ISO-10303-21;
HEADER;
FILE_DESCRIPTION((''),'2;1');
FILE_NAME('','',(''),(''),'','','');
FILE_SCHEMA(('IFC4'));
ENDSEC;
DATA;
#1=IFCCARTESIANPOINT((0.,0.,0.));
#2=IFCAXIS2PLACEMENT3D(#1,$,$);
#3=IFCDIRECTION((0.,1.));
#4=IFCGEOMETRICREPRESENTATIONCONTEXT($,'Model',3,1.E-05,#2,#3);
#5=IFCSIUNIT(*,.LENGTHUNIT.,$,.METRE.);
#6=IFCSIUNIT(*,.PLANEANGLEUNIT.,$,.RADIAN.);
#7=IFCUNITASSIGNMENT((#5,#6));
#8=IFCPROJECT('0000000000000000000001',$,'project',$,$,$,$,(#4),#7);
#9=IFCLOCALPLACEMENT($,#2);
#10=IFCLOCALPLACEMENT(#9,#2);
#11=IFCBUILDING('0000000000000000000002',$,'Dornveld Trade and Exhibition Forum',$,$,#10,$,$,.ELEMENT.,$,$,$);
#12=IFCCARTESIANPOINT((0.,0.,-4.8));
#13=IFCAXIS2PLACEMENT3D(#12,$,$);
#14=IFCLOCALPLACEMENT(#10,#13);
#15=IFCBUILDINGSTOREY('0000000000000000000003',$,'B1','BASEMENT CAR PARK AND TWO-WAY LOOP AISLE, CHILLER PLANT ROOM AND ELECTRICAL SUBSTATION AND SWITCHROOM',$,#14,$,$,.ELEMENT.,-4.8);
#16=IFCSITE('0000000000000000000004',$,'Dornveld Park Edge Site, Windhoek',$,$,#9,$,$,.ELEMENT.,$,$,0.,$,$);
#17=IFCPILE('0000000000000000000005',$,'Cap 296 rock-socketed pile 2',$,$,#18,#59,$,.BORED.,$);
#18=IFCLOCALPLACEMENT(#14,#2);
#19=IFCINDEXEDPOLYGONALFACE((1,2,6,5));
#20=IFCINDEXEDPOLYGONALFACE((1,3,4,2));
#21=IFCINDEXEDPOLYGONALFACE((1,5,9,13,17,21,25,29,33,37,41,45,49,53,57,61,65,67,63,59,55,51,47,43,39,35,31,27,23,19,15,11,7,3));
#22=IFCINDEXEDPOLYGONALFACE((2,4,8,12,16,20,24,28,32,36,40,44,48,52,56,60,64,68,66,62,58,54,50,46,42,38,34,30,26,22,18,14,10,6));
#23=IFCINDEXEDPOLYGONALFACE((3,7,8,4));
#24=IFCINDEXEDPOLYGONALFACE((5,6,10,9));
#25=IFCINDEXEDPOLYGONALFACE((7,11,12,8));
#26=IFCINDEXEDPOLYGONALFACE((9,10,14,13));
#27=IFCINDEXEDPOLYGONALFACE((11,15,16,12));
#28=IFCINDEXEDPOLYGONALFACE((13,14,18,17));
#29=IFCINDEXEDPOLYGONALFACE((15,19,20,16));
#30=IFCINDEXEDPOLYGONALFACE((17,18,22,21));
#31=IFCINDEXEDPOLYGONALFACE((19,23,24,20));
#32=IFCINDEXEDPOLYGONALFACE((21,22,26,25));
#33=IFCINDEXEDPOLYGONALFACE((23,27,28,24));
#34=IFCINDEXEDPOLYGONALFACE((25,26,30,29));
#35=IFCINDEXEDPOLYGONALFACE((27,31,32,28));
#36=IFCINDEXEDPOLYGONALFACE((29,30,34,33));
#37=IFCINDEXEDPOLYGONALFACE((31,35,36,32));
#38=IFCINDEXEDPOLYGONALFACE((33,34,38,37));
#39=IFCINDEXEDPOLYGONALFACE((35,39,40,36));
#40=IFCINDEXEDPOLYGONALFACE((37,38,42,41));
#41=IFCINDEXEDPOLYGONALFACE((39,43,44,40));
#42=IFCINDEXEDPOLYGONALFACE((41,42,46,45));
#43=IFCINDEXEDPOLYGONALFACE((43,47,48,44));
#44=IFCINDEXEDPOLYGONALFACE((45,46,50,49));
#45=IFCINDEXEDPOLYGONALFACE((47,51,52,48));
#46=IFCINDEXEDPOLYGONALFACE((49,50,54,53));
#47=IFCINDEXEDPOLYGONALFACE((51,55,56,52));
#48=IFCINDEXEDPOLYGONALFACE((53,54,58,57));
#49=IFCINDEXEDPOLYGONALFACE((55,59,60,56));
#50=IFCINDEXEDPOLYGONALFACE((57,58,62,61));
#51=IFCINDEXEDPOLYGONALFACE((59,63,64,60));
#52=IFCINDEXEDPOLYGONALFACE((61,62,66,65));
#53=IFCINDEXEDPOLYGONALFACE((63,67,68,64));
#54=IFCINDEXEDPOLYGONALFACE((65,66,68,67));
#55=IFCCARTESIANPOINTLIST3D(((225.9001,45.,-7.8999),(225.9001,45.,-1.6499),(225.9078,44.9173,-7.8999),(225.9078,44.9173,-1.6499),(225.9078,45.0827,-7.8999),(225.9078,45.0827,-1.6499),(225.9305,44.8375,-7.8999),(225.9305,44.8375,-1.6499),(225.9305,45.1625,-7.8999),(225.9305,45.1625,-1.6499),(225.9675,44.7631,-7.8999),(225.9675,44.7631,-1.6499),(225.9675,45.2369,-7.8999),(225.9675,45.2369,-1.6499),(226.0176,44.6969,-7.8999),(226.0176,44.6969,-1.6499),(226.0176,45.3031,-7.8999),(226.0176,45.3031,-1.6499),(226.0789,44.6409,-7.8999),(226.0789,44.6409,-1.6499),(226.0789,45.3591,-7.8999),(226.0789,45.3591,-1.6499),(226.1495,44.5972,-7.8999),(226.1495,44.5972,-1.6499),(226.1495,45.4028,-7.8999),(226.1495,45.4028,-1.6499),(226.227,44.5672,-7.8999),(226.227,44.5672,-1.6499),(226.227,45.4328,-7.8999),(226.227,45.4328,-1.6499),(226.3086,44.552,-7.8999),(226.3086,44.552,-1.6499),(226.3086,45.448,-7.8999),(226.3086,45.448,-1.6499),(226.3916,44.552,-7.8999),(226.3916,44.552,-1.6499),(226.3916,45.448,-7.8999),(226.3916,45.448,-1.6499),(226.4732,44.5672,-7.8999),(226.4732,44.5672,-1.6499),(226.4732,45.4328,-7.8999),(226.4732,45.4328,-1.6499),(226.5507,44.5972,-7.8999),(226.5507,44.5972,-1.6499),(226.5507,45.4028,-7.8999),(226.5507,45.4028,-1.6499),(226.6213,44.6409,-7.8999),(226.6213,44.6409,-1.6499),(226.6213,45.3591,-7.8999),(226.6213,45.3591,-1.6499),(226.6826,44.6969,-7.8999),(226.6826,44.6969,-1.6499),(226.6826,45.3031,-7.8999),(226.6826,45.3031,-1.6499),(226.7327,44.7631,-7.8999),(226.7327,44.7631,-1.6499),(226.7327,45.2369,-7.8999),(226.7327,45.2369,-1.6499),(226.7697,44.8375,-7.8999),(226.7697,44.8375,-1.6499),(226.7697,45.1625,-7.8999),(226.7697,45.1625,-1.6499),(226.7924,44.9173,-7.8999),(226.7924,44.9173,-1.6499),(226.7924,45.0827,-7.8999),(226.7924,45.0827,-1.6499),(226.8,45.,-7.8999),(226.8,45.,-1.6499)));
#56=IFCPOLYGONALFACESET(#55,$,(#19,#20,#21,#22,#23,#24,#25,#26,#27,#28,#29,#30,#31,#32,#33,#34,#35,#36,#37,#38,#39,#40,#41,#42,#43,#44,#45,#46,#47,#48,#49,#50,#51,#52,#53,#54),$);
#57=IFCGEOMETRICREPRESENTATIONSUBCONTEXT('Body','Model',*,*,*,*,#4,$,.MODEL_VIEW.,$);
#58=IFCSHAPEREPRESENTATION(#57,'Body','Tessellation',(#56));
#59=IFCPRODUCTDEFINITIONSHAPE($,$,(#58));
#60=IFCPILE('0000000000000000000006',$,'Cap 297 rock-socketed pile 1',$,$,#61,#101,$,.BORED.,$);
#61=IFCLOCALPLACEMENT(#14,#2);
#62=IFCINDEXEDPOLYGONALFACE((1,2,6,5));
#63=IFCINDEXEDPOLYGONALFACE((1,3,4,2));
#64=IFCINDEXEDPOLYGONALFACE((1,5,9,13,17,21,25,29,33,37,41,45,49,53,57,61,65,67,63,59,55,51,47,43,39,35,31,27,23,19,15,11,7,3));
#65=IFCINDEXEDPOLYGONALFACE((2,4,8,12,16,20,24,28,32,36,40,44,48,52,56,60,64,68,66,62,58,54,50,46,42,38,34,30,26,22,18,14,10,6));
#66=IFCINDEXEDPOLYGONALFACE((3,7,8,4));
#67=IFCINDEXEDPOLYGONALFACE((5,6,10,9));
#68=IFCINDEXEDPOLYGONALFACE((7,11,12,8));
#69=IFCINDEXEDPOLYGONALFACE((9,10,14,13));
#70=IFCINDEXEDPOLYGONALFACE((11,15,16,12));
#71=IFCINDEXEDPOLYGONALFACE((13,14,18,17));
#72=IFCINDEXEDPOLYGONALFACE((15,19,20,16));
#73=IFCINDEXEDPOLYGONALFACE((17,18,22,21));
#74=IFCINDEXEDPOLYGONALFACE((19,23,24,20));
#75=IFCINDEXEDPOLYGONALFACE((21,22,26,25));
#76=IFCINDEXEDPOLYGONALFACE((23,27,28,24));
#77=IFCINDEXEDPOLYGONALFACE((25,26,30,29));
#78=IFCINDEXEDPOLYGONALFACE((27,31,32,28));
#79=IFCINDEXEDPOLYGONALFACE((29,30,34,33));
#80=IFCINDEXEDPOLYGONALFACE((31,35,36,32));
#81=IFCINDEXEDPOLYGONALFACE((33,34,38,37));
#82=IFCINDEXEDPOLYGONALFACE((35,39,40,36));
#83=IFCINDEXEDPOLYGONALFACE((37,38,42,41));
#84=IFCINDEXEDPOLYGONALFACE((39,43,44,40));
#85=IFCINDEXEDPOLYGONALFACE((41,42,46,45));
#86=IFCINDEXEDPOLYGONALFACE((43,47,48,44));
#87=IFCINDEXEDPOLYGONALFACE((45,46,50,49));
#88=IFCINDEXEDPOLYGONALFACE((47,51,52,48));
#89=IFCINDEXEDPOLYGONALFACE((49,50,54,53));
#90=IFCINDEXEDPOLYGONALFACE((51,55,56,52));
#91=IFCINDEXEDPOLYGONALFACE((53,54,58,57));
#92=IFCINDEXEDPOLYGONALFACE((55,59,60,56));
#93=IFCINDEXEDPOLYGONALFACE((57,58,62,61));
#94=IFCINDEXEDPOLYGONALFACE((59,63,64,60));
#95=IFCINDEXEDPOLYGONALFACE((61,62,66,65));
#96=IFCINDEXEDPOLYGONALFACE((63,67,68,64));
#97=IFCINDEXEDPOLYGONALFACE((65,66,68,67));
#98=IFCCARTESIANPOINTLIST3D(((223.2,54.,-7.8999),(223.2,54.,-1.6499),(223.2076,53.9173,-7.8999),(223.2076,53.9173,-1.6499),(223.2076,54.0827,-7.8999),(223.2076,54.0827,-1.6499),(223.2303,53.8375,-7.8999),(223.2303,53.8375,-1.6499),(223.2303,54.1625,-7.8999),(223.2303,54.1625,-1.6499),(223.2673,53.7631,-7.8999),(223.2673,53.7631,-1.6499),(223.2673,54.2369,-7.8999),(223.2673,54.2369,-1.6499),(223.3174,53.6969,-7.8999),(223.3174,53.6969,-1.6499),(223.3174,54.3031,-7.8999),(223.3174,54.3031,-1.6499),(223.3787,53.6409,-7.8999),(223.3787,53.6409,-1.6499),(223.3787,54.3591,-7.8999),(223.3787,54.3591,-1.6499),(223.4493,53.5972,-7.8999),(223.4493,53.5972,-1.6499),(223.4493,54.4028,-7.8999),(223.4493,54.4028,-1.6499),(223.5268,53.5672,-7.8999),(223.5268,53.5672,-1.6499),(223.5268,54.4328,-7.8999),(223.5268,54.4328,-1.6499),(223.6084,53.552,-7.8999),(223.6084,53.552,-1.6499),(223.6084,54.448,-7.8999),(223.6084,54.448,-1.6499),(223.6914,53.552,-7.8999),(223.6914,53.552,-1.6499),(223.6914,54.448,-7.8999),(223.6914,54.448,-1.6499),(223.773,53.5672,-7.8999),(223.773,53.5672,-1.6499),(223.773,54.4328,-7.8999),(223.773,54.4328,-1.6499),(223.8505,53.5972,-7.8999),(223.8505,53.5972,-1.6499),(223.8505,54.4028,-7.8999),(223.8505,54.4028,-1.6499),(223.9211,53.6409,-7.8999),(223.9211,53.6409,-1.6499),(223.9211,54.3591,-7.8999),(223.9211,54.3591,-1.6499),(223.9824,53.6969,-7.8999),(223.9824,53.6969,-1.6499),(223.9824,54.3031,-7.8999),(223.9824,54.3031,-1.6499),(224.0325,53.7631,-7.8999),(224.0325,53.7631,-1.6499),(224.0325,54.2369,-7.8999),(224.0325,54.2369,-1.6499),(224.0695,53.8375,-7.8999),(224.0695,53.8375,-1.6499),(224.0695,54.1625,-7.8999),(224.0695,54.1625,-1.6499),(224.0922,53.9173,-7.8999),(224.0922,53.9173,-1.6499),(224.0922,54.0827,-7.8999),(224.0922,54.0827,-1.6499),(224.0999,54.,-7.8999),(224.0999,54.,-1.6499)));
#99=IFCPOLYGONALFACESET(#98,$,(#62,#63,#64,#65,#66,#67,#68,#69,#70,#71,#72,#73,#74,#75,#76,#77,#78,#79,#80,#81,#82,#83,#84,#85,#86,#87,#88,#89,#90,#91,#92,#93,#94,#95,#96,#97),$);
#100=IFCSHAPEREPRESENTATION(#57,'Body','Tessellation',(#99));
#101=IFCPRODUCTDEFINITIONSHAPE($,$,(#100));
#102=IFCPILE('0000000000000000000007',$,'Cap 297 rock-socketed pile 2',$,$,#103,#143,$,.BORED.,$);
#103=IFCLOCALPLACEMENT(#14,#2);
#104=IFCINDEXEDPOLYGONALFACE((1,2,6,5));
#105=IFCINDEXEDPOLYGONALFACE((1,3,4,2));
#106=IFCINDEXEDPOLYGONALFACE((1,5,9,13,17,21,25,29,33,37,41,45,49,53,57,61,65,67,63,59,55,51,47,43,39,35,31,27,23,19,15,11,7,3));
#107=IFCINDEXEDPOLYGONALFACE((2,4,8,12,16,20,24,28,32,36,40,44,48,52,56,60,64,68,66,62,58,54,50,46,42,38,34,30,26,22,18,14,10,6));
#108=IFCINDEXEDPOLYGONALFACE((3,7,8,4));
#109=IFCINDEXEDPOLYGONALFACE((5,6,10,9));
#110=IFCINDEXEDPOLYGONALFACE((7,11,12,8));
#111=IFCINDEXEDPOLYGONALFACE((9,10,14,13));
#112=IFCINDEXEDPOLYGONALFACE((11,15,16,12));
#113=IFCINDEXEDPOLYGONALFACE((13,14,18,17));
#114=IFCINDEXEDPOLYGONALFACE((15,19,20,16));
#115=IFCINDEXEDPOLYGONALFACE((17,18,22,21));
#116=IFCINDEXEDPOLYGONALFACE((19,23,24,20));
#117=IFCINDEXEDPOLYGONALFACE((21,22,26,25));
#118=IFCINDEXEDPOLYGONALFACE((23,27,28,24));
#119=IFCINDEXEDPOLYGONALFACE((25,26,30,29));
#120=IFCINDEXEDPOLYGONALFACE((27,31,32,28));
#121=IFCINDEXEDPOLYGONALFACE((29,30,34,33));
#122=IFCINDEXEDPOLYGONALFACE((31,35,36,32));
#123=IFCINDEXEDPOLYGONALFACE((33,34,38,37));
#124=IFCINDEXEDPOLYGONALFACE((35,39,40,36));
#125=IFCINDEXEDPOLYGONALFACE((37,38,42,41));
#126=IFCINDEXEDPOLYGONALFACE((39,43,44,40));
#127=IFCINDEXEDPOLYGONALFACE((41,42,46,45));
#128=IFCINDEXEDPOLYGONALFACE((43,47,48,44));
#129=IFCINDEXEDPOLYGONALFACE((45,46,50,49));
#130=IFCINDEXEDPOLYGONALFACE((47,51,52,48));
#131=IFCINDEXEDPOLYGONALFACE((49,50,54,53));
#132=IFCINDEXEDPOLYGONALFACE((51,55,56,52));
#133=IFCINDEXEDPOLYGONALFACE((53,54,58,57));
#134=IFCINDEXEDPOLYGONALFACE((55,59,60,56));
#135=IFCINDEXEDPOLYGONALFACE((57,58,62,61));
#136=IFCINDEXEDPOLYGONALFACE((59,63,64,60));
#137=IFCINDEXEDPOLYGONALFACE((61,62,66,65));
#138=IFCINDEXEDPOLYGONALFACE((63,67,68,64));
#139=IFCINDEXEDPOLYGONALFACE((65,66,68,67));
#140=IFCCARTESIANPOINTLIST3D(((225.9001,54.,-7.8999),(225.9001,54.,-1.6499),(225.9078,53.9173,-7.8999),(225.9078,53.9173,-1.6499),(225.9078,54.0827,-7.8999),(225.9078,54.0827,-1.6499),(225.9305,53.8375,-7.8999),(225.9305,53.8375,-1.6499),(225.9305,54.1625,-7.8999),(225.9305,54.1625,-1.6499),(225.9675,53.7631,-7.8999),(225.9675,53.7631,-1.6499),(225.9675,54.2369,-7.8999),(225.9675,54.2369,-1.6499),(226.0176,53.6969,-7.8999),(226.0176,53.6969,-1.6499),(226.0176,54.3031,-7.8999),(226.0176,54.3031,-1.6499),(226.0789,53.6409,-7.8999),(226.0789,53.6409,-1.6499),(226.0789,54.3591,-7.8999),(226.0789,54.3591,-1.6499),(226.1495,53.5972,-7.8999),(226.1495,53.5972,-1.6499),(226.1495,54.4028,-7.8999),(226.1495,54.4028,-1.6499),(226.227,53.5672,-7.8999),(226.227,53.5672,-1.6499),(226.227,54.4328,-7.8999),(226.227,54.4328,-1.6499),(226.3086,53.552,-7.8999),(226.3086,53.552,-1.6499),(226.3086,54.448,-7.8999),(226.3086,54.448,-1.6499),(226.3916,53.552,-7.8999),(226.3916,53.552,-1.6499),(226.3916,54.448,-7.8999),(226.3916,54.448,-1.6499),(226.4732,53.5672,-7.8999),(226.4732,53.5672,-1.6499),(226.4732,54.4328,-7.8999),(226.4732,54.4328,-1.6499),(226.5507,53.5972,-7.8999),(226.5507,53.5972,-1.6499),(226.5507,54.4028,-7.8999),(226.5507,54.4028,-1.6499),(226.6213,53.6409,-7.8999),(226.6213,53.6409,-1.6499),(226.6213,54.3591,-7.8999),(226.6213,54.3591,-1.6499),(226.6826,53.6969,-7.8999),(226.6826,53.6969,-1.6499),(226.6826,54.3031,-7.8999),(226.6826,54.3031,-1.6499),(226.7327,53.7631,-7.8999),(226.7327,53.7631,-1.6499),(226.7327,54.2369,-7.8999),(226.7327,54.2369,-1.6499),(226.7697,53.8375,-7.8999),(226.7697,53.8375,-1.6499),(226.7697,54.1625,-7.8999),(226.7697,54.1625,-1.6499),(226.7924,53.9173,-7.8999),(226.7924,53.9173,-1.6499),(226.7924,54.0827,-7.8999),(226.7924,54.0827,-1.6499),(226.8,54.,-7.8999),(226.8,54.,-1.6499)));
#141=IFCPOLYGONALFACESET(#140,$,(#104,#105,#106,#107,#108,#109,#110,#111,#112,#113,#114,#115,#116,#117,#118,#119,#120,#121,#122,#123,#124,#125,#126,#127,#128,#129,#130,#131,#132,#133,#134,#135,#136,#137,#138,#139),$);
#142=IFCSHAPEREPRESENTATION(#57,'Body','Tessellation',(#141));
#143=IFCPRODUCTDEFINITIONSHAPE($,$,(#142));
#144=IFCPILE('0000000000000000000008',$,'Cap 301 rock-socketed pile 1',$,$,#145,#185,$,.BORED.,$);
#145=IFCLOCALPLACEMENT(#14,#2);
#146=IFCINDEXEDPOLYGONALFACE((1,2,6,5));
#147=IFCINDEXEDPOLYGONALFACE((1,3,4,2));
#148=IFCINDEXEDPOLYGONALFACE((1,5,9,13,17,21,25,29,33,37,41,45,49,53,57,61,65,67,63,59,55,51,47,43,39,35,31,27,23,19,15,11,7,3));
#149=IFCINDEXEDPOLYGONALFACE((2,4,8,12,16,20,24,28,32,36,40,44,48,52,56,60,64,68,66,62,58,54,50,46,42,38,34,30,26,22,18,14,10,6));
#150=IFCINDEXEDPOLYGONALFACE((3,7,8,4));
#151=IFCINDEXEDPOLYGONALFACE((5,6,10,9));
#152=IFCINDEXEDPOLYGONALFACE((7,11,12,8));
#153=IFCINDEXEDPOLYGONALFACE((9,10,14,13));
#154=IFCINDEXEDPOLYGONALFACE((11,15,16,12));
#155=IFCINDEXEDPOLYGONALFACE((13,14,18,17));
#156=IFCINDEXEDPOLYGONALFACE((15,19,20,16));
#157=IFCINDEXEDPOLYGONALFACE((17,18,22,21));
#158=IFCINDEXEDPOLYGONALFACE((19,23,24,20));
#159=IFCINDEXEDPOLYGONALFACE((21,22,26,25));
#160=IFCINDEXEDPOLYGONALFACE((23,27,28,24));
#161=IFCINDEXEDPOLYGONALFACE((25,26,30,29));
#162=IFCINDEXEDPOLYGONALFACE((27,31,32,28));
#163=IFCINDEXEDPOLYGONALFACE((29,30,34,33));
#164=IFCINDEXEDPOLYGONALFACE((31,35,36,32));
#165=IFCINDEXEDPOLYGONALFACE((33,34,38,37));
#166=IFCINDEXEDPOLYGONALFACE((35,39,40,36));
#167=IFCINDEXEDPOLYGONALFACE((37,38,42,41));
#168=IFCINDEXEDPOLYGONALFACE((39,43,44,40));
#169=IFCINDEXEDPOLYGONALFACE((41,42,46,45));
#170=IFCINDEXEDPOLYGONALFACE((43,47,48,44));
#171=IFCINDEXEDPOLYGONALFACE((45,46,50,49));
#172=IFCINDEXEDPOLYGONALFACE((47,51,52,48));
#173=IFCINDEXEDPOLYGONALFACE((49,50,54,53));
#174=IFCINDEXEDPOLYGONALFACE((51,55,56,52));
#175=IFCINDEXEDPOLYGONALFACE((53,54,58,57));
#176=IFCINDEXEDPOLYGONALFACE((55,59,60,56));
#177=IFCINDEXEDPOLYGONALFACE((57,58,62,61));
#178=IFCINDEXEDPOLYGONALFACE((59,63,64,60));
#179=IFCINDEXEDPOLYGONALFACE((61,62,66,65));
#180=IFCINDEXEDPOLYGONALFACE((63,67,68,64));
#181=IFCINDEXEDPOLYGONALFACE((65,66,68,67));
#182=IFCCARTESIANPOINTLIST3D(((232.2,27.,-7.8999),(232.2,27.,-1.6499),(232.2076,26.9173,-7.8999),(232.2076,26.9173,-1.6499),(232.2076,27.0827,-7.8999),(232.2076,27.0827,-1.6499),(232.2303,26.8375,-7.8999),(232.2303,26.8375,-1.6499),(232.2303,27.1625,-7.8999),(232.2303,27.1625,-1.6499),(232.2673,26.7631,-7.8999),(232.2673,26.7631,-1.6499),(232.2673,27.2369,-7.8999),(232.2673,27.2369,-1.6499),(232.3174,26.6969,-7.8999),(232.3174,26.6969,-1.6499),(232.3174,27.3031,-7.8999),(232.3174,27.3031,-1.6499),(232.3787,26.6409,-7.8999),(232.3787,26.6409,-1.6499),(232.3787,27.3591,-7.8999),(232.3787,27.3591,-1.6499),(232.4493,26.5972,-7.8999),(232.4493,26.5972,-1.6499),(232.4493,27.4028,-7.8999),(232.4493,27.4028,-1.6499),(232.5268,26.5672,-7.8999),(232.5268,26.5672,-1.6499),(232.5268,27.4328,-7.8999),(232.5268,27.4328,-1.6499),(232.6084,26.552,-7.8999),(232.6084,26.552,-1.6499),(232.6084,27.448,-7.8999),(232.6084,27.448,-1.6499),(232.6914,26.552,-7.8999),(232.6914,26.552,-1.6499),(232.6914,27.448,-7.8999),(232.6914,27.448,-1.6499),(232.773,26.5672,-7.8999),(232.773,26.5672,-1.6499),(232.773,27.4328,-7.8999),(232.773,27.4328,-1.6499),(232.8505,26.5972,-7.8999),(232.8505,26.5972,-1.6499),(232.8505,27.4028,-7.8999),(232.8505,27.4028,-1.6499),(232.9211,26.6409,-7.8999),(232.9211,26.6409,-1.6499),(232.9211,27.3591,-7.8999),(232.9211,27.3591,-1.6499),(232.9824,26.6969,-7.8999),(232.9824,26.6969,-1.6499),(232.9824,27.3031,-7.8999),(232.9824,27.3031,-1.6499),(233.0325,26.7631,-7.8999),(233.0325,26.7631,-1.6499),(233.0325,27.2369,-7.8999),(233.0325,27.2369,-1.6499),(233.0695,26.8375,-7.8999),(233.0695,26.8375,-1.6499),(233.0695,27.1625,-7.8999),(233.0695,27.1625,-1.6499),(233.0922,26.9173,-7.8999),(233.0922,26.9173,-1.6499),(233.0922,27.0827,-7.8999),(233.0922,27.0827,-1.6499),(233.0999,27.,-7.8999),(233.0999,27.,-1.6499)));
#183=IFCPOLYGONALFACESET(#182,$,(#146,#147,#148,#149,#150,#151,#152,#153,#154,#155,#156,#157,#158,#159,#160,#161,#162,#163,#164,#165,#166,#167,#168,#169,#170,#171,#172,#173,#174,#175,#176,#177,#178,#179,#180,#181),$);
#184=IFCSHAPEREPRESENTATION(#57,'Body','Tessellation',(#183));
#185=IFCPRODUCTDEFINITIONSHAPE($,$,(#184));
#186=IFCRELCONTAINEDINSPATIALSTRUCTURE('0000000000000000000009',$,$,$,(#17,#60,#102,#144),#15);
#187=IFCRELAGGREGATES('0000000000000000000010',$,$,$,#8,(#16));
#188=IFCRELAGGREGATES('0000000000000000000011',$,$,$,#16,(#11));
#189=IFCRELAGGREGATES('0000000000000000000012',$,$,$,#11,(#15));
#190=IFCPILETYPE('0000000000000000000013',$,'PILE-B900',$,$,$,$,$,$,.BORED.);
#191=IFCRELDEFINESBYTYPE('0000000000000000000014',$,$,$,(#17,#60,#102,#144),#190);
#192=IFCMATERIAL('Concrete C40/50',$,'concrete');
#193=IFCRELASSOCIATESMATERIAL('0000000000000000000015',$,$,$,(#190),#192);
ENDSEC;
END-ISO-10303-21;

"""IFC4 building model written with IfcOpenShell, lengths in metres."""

from ifc_helpers import new_model, si_unit, direction, frame, origin, origin_2d, place, context, subcontext, project, spatial, circle, extrude, material, material_profile, profile_set, type_object, element, save


model = new_model("IFC4")

# Units and contexts
model_context = context("Model", 3, precision=1e-05, world=origin(), true_north=direction((0.0, 1.0)))
body_context = subcontext(model_context, "Body", "Model", "MODEL_VIEW")
ifc_project = project(units=[si_unit("LENGTHUNIT", "METRE"), si_unit("PLANEANGLEUNIT", "RADIAN")], contexts=[model_context])

# Site, building, storey
site_placement = place(None, origin())
site = spatial("IfcSite", under=ifc_project, at=site_placement, Name="Dornveld Park Edge Site, Windhoek", CompositionType="ELEMENT", RefElevation=0.0)
building_placement = place(site_placement, origin())
building = spatial("IfcBuilding", under=site, at=building_placement, Name="Dornveld Trade and Exhibition Forum", CompositionType="ELEMENT")
storey_placement = place(building_placement, frame((0.0, 0.0, -4.8)))
storey = spatial("IfcBuildingStorey", under=building, at=storey_placement, Name="B1", Description="BASEMENT CAR PARK AND TWO-WAY LOOP AISLE, CHILLER PLANT ROOM AND ELECTRICAL SUBSTATION AND SWITCHROOM", CompositionType="ELEMENT", Elevation=-4.8)

# Piles
ifc_material_1 = material(Name="Concrete C40/50", Category="concrete")
ifc_material_profile_1 = material_profile(ifc_material_1, circle(Radius=0.45, at=origin_2d()), Name="PILE D900")
ifc_profile_set_1 = profile_set([ifc_material_profile_1], Name="Concrete C40/50")
pile_type = type_object("IfcPileType", Name="PILE-B900", PredefinedType="BORED", material=ifc_profile_set_1)
for number, where, z_axis, x_axis, name in (
    (1, (226.3501, 45.0, -1.6499), (0.0, 0.0, -1.0), (1.0, 0.0, 0.0), "Cap 296 rock-socketed pile 2"),
    (2, (223.6499, 54.0, -1.6499), (0.0, 0.0, -1.0), (1.0, 0.0, 0.0), "Cap 297 rock-socketed pile 1"),
    (3, (226.3501, 54.0, -1.6499), (0.0, 0.0, -1.0), (1.0, 0.0, 0.0), "Cap 297 rock-socketed pile 2"),
    (4, (232.6499, 27.0, -1.6499), (0.0, 0.0, -1.0), (1.0, 0.0, 0.0), "Cap 301 rock-socketed pile 1"),
):
    element("IfcPile", number, at=place(storey_placement, frame(where, z_axis=z_axis, x_axis=x_axis)), inside=storey, type_object=pile_type, Name=name, PredefinedType="BORED", context=body_context, shape_type="SweptSolid", body=[
        extrude(circle(Radius=0.45, at=origin_2d()), origin(), (0.0, 0.0, 1.0), 6.25),
    ])

save(model, "model.ifc")
